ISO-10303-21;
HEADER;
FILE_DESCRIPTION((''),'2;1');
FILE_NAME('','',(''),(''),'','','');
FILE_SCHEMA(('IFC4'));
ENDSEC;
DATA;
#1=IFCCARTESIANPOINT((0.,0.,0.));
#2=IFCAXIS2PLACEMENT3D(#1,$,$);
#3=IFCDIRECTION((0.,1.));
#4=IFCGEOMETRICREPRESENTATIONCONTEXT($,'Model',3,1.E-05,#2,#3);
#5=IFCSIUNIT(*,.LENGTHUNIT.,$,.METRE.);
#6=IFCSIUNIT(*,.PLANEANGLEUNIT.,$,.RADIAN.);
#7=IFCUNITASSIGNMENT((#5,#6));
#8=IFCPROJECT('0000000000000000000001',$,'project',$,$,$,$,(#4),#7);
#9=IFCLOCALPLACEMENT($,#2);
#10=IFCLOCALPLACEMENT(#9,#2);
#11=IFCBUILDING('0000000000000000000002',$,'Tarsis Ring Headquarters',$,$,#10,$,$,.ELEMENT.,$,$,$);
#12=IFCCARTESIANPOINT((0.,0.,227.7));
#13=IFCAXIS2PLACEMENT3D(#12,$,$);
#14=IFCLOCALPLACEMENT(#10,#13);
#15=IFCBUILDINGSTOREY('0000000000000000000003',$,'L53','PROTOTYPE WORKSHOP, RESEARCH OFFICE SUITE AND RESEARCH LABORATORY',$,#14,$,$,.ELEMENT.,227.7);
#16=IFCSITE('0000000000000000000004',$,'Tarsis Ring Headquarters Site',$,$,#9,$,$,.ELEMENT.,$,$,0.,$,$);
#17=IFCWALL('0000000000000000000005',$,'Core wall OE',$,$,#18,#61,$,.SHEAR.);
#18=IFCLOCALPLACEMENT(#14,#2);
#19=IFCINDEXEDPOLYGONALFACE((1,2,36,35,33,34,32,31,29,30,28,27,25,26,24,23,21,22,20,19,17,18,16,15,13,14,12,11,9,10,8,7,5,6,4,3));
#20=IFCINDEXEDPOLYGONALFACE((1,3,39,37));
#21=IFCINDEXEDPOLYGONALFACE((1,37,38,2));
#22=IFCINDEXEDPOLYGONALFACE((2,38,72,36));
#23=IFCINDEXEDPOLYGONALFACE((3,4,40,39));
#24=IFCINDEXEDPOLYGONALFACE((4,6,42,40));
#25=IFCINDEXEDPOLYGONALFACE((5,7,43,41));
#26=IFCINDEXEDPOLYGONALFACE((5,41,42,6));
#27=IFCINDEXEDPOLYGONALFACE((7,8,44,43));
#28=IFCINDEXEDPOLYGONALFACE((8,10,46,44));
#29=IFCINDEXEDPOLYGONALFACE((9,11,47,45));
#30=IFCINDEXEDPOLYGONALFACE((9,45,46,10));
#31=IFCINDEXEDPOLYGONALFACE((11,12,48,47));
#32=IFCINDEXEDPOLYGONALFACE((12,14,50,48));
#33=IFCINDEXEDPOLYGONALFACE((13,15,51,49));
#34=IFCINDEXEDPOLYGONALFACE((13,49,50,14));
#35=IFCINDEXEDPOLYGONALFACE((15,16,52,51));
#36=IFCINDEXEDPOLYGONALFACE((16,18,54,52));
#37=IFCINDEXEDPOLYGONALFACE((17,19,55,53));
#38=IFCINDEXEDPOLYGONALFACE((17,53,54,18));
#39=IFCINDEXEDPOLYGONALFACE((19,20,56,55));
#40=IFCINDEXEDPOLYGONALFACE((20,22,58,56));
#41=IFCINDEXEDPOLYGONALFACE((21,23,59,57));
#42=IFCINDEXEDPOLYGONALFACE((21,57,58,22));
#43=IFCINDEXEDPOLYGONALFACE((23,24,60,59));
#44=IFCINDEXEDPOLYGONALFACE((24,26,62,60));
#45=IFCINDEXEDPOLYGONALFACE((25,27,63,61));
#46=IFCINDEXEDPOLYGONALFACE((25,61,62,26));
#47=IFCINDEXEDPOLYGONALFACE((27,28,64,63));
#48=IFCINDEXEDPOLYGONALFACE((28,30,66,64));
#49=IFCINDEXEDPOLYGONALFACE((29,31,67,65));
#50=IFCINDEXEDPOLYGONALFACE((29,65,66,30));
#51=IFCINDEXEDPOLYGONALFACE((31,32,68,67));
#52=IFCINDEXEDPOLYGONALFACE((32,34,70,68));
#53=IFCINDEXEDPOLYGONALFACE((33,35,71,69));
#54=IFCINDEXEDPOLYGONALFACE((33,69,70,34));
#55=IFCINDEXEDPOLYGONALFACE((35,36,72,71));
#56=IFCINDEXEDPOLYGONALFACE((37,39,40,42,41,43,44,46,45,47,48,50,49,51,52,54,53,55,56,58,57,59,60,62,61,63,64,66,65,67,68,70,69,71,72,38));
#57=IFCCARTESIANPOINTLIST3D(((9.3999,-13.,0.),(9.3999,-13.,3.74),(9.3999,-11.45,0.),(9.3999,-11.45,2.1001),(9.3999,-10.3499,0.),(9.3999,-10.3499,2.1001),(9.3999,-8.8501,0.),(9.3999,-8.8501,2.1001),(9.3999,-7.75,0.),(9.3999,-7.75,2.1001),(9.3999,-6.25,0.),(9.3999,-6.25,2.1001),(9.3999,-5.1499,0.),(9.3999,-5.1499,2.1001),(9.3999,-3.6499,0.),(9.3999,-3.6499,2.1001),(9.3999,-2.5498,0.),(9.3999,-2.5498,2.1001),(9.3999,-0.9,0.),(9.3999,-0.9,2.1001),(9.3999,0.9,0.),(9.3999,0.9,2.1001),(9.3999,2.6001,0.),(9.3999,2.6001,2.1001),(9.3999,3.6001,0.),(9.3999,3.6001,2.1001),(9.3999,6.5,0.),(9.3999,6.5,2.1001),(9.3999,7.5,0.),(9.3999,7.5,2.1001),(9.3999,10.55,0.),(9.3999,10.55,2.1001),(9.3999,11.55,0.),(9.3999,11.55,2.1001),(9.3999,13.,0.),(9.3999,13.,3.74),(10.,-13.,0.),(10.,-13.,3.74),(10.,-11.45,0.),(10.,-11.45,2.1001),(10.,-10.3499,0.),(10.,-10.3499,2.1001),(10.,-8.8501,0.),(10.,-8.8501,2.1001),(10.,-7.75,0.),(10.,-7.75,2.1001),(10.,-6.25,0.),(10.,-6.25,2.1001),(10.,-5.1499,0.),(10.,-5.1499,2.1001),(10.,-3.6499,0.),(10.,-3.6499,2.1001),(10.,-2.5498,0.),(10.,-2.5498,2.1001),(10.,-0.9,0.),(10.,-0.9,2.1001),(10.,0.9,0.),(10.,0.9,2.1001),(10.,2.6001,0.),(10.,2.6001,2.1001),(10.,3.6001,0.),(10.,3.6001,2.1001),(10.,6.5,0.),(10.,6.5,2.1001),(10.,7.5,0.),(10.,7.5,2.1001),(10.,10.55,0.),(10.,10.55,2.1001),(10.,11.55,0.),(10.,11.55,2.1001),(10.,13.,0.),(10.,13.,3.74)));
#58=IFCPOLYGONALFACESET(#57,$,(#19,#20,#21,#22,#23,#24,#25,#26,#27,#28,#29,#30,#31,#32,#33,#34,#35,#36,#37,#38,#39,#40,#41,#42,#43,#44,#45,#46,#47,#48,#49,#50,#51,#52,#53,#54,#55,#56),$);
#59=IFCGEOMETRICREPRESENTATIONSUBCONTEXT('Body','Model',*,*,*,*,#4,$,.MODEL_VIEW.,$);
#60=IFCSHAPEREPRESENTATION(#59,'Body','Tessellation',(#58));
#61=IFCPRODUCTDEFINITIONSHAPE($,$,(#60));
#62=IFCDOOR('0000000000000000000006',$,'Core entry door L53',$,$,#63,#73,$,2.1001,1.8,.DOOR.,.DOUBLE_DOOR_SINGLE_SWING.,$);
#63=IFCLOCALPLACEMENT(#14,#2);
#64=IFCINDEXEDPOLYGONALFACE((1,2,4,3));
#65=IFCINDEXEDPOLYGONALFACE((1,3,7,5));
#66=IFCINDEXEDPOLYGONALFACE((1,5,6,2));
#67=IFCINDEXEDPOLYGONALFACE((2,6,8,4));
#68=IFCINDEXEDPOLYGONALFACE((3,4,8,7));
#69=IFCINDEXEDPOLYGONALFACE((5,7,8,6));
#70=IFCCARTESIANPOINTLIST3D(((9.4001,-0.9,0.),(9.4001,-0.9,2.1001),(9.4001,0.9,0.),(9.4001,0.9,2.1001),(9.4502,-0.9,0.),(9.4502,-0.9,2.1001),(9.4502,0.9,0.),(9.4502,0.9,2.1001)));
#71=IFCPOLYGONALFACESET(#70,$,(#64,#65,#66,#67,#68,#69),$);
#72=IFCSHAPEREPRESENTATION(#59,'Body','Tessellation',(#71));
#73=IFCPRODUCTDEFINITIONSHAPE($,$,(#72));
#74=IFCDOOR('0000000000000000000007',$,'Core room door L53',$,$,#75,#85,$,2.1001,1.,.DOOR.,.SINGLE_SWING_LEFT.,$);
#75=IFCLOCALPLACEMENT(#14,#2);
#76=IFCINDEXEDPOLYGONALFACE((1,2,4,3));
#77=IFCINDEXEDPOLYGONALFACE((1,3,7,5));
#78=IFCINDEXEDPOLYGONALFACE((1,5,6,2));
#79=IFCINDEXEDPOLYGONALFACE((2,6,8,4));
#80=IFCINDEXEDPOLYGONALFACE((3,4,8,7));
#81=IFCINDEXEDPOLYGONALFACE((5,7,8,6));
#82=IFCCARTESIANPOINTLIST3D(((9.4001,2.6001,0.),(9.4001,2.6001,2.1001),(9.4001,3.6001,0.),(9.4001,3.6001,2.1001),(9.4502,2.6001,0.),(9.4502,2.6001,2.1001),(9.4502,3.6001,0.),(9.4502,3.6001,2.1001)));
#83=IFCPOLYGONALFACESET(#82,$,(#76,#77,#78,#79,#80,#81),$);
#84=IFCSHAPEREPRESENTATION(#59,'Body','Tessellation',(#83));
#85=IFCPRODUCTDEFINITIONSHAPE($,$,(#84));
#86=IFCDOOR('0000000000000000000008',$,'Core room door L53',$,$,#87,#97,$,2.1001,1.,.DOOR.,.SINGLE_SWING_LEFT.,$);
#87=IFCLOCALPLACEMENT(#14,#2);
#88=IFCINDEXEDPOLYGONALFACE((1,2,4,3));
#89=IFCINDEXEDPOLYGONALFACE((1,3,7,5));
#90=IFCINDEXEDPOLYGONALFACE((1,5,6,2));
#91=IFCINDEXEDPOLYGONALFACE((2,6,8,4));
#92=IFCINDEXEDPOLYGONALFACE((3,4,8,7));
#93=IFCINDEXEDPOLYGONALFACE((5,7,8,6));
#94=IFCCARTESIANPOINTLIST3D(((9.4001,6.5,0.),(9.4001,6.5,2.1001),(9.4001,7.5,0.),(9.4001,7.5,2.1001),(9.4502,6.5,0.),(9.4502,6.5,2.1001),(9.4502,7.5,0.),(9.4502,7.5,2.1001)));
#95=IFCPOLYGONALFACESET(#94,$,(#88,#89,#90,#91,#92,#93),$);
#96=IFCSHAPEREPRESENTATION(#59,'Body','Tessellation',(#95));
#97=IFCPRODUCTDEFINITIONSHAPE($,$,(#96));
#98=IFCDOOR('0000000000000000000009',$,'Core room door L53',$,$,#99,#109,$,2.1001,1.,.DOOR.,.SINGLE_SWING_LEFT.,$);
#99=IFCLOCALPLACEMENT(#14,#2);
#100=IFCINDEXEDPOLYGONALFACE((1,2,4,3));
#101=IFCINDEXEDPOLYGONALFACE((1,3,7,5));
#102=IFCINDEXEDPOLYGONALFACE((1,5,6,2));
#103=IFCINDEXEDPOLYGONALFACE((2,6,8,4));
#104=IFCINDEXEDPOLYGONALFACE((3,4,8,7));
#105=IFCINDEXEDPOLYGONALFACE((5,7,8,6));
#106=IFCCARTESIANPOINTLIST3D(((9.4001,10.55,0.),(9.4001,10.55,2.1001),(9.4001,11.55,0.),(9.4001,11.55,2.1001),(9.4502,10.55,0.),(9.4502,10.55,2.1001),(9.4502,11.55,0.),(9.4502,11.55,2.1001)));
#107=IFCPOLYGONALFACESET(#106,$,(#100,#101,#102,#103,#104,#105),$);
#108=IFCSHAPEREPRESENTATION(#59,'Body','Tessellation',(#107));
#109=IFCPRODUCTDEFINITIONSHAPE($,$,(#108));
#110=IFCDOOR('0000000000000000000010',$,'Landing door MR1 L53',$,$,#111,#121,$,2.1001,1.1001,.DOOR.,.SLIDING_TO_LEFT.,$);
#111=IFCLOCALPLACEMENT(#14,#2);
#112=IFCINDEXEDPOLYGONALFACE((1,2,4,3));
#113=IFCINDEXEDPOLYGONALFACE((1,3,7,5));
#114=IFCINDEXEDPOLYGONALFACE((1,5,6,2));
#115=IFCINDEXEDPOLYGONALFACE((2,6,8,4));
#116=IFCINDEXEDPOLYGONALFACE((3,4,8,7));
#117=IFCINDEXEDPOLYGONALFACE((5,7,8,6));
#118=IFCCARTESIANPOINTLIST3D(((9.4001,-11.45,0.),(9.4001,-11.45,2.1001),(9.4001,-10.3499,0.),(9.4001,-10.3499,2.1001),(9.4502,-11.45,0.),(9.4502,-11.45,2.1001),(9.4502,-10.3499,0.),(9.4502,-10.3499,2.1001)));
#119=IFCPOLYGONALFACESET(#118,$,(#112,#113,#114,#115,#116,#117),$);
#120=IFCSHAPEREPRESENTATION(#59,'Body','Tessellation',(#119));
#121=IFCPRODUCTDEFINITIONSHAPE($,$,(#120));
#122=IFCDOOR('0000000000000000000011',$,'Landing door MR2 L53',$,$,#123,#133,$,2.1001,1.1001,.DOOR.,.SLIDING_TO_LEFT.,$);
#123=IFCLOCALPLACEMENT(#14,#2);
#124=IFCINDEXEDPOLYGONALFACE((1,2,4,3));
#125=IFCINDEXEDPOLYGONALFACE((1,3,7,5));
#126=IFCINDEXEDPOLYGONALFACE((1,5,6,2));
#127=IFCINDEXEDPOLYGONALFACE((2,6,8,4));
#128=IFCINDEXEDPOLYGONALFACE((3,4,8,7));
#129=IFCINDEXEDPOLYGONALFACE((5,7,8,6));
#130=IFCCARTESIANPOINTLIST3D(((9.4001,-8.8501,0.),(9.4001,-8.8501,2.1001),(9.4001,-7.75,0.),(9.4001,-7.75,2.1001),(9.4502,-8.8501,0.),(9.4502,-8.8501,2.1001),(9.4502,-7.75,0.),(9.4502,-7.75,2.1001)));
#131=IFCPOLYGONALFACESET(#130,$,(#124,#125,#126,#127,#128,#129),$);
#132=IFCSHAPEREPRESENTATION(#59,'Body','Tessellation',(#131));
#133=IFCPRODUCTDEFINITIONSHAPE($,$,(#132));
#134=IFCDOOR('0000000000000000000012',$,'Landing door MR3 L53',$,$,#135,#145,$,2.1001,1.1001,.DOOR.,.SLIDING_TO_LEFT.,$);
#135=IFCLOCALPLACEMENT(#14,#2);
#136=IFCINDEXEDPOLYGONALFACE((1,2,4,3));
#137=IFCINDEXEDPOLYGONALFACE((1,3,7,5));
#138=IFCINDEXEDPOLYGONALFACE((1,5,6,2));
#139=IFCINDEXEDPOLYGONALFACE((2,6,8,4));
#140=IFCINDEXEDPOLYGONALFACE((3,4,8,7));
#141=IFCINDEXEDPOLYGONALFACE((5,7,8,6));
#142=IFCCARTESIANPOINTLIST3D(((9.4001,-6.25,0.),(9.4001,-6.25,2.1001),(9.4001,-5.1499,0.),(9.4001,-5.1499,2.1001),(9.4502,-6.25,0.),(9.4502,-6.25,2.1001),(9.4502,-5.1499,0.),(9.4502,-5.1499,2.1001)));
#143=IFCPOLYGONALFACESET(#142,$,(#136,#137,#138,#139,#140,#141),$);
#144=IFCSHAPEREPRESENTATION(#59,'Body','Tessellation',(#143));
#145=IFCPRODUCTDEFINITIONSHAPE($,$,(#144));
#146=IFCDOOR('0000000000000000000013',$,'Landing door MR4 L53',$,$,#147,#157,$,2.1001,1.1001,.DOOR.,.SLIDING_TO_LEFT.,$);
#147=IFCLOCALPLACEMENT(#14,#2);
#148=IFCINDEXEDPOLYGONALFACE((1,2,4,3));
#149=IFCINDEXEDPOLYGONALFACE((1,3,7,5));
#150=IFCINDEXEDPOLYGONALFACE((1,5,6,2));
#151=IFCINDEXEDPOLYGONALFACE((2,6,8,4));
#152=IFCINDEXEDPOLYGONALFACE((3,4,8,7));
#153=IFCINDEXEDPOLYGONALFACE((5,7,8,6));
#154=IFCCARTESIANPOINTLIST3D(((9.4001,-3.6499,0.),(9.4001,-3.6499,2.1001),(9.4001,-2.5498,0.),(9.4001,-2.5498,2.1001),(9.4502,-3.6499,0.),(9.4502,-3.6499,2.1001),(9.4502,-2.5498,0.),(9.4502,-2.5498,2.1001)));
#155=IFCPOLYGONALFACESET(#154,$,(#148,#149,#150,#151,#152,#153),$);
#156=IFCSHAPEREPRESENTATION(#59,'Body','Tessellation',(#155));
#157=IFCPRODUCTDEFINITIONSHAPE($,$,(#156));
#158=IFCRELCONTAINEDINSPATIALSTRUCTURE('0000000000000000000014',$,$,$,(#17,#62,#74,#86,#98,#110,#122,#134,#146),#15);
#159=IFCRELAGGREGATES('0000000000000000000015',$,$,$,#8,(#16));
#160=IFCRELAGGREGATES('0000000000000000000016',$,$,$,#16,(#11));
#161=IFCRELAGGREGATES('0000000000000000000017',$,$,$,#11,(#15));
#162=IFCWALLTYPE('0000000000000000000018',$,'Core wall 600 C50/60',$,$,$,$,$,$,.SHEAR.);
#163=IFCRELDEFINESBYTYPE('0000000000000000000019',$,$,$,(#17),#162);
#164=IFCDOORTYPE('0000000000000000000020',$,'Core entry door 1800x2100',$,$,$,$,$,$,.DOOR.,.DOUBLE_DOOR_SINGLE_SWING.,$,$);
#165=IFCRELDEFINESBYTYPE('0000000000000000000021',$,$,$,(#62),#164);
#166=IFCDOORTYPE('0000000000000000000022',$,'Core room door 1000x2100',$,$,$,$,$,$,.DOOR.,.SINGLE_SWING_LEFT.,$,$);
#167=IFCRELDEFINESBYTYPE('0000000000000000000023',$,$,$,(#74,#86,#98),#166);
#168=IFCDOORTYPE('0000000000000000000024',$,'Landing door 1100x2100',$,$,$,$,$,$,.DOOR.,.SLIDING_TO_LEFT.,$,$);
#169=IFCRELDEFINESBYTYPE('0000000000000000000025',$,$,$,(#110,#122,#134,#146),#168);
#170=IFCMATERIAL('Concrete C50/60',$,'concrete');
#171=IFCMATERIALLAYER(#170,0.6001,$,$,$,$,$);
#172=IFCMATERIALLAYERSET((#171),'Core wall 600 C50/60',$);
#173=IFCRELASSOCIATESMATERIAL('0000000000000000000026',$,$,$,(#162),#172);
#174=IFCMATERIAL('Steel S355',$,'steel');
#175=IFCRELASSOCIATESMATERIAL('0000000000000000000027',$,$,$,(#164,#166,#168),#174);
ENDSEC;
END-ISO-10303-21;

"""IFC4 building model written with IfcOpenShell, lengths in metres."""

from ifc_helpers import new_model, si_unit, direction, frame, frame_2d, origin, place, context, subcontext, project, spatial, rectangle, extrude, material, layer, layer_set, type_object, element, fill, save


model = new_model("IFC4")

# Units and contexts
model_context = context("Model", 3, precision=1e-05, world=origin(), true_north=direction((0.0, 1.0)))
body_context = subcontext(model_context, "Body", "Model", "MODEL_VIEW")
ifc_project = project(units=[si_unit("LENGTHUNIT", "METRE"), si_unit("PLANEANGLEUNIT", "RADIAN")], contexts=[model_context])

# Site, building, storey
site_placement = place(None, origin())
site = spatial("IfcSite", under=ifc_project, at=site_placement, Name="Tarsis Ring Headquarters Site", CompositionType="ELEMENT", RefElevation=0.0)
building_placement = place(site_placement, origin())
building = spatial("IfcBuilding", under=site, at=building_placement, Name="Tarsis Ring Headquarters", CompositionType="ELEMENT")
storey_placement = place(building_placement, frame((0.0, 0.0, 227.7)))
storey = spatial("IfcBuildingStorey", under=building, at=storey_placement, Name="L53", Description="PROTOTYPE WORKSHOP, RESEARCH OFFICE SUITE AND RESEARCH LABORATORY", CompositionType="ELEMENT", Elevation=227.7)

# Wall, openings, doors
ifc_material_1 = material(Name="Concrete C50/60", Category="concrete")
ifc_layer_1 = layer(ifc_material_1, 0.6001)
ifc_layer_set_1 = layer_set([ifc_layer_1], Name="Core wall 600 C50/60")
wall_type_1 = type_object("IfcWallType", Name="Core wall 600 C50/60", PredefinedType="SHEAR", material=ifc_layer_set_1)
wall_1_placement = place(storey_placement, frame((9.7, -13.0, 0.0), z_axis=(0.0, 0.0, 1.0), x_axis=(0.0, 1.0, 0.0)))
wall_1 = element("IfcWall", 1, at=wall_1_placement, inside=storey, type_object=wall_type_1, Name="Core wall OE", PredefinedType="SHEAR", context=body_context, shape_type="SweptSolid", body=[
    extrude(rectangle(XDim=26.0, YDim=0.6001, at=frame_2d((13.0, 0.0))), origin(), (0.0, 0.0, 1.0), 3.74),
])
opening_1_placement = place(wall_1_placement, frame((1.55, 0.0, 0.0)))
opening_1 = element("IfcOpeningElement", 2, at=opening_1_placement, cuts=wall_1, PredefinedType="OPENING", context=body_context, shape_type="SweptSolid", body=[
    extrude(rectangle(XDim=1.1001, YDim=2.1001, at=frame_2d((0.55, 1.05))), frame((0.0, 0.3101, 0.0), z_axis=(0.0, -1.0, 0.0), x_axis=(1.0, 0.0, 0.0)), (0.0, 0.0, 1.0), 0.6201),
])
opening_2_placement = place(wall_1_placement, frame((4.1499, 0.0, 0.0)))
opening_2 = element("IfcOpeningElement", 3, at=opening_2_placement, cuts=wall_1, PredefinedType="OPENING", context=body_context, shape_type="SweptSolid", body=[
    extrude(rectangle(XDim=1.1001, YDim=2.1001, at=frame_2d((0.55, 1.05))), frame((0.0, 0.3101, 0.0), z_axis=(0.0, -1.0, 0.0), x_axis=(1.0, 0.0, 0.0)), (0.0, 0.0, 1.0), 0.6201),
])
opening_3_placement = place(wall_1_placement, frame((6.75, 0.0, 0.0)))
opening_3 = element("IfcOpeningElement", 4, at=opening_3_placement, cuts=wall_1, PredefinedType="OPENING", context=body_context, shape_type="SweptSolid", body=[
    extrude(rectangle(XDim=1.1001, YDim=2.1001, at=frame_2d((0.55, 1.05))), frame((0.0, 0.3101, 0.0), z_axis=(0.0, -1.0, 0.0), x_axis=(1.0, 0.0, 0.0)), (0.0, 0.0, 1.0), 0.6201),
])
opening_4_placement = place(wall_1_placement, frame((9.3501, 0.0, 0.0)))
opening_4 = element("IfcOpeningElement", 5, at=opening_4_placement, cuts=wall_1, PredefinedType="OPENING", context=body_context, shape_type="SweptSolid", body=[
    extrude(rectangle(XDim=1.1001, YDim=2.1001, at=frame_2d((0.55, 1.05))), frame((0.0, 0.3101, 0.0), z_axis=(0.0, -1.0, 0.0), x_axis=(1.0, 0.0, 0.0)), (0.0, 0.0, 1.0), 0.6201),
])
opening_5_placement = place(wall_1_placement, frame((12.1001, 0.0, 0.0)))
opening_5 = element("IfcOpeningElement", 6, at=opening_5_placement, cuts=wall_1, PredefinedType="OPENING", context=body_context, shape_type="SweptSolid", body=[
    extrude(rectangle(XDim=1.8, YDim=2.1001, at=frame_2d((0.8999, 1.05))), frame((0.0, 0.3101, 0.0), z_axis=(0.0, -1.0, 0.0), x_axis=(1.0, 0.0, 0.0)), (0.0, 0.0, 1.0), 0.6201),
])
opening_6_placement = place(wall_1_placement, frame((15.6001, 0.0, 0.0)))
opening_6 = element("IfcOpeningElement", 7, at=opening_6_placement, cuts=wall_1, PredefinedType="OPENING", context=body_context, shape_type="SweptSolid", body=[
    extrude(rectangle(XDim=1.0, YDim=2.1001, at=frame_2d((0.5, 1.05))), frame((0.0, 0.3101, 0.0), z_axis=(0.0, -1.0, 0.0), x_axis=(1.0, 0.0, 0.0)), (0.0, 0.0, 1.0), 0.6201),
])
opening_7_placement = place(wall_1_placement, frame((19.5, 0.0, 0.0)))
opening_7 = element("IfcOpeningElement", 8, at=opening_7_placement, cuts=wall_1, PredefinedType="OPENING", context=body_context, shape_type="SweptSolid", body=[
    extrude(rectangle(XDim=1.0, YDim=2.1001, at=frame_2d((0.5, 1.05))), frame((0.0, 0.3101, 0.0), z_axis=(0.0, -1.0, 0.0), x_axis=(1.0, 0.0, 0.0)), (0.0, 0.0, 1.0), 0.6201),
])
opening_8_placement = place(wall_1_placement, frame((23.55, 0.0, 0.0)))
opening_8 = element("IfcOpeningElement", 9, at=opening_8_placement, cuts=wall_1, PredefinedType="OPENING", context=body_context, shape_type="SweptSolid", body=[
    extrude(rectangle(XDim=1.0, YDim=2.1001, at=frame_2d((0.5, 1.05))), frame((0.0, 0.3101, 0.0), z_axis=(0.0, -1.0, 0.0), x_axis=(1.0, 0.0, 0.0)), (0.0, 0.0, 1.0), 0.6201),
])
ifc_material_2 = material(Name="Steel S355", Category="steel")
door_type_1 = type_object("IfcDoorType", Name="Core entry door 1800x2100", OperationType="DOUBLE_DOOR_SINGLE_SWING", PredefinedType="DOOR", material=ifc_material_2)
door_1_placement = place(opening_5_placement, origin())
door_1 = element("IfcDoor", 10, at=door_1_placement, inside=storey, type_object=door_type_1, Name="Core entry door L53", OperationType="DOUBLE_DOOR_SINGLE_SWING", OverallHeight=2.1001, OverallWidth=1.8, PredefinedType="DOOR", context=body_context, shape_type="SweptSolid", body=[
    extrude(rectangle(XDim=1.8, YDim=2.1001, at=frame_2d((0.8999, 1.05))), frame((0.0, 0.2998, 0.0), z_axis=(0.0, -1.0, 0.0), x_axis=(1.0, 0.0, 0.0)), (0.0, 0.0, 1.0), 0.05),
])
fill(opening_5, door_1)
door_type_2 = type_object("IfcDoorType", Name="Core room door 1000x2100", OperationType="SINGLE_SWING_LEFT", PredefinedType="DOOR", material=ifc_material_2)
door_2_placement = place(opening_6_placement, origin())
door_2 = element("IfcDoor", 11, at=door_2_placement, inside=storey, type_object=door_type_2, Name="Core room door L53", OperationType="SINGLE_SWING_LEFT", OverallHeight=2.1001, OverallWidth=1.0, PredefinedType="DOOR", context=body_context, shape_type="SweptSolid", body=[
    extrude(rectangle(XDim=1.0, YDim=2.1001, at=frame_2d((0.5, 1.05))), frame((0.0, 0.2998, 0.0), z_axis=(0.0, -1.0, 0.0), x_axis=(1.0, 0.0, 0.0)), (0.0, 0.0, 1.0), 0.05),
])
fill(opening_6, door_2)
door_3_placement = place(opening_7_placement, origin())
door_3 = element("IfcDoor", 12, at=door_3_placement, inside=storey, type_object=door_type_2, Name="Core room door L53", OperationType="SINGLE_SWING_LEFT", OverallHeight=2.1001, OverallWidth=1.0, PredefinedType="DOOR", context=body_context, shape_type="SweptSolid", body=[
    extrude(rectangle(XDim=1.0, YDim=2.1001, at=frame_2d((0.5, 1.05))), frame((0.0, 0.2998, 0.0), z_axis=(0.0, -1.0, 0.0), x_axis=(1.0, 0.0, 0.0)), (0.0, 0.0, 1.0), 0.05),
])
fill(opening_7, door_3)
door_4_placement = place(opening_8_placement, origin())
door_4 = element("IfcDoor", 13, at=door_4_placement, inside=storey, type_object=door_type_2, Name="Core room door L53", OperationType="SINGLE_SWING_LEFT", OverallHeight=2.1001, OverallWidth=1.0, PredefinedType="DOOR", context=body_context, shape_type="SweptSolid", body=[
    extrude(rectangle(XDim=1.0, YDim=2.1001, at=frame_2d((0.5, 1.05))), frame((0.0, 0.2998, 0.0), z_axis=(0.0, -1.0, 0.0), x_axis=(1.0, 0.0, 0.0)), (0.0, 0.0, 1.0), 0.05),
])
fill(opening_8, door_4)
door_type_3 = type_object("IfcDoorType", Name="Landing door 1100x2100", OperationType="SLIDING_TO_LEFT", PredefinedType="DOOR", material=ifc_material_2)
door_5_placement = place(opening_1_placement, origin())
door_5 = element("IfcDoor", 14, at=door_5_placement, inside=storey, type_object=door_type_3, Name="Landing door MR1 L53", OperationType="SLIDING_TO_LEFT", OverallHeight=2.1001, OverallWidth=1.1001, PredefinedType="DOOR", context=body_context, shape_type="SweptSolid", body=[
    extrude(rectangle(XDim=1.1001, YDim=2.1001, at=frame_2d((0.55, 1.05))), frame((0.0, 0.2998, 0.0), z_axis=(0.0, -1.0, 0.0), x_axis=(1.0, 0.0, 0.0)), (0.0, 0.0, 1.0), 0.05),
])
fill(opening_1, door_5)
door_6_placement = place(opening_2_placement, origin())
door_6 = element("IfcDoor", 15, at=door_6_placement, inside=storey, type_object=door_type_3, Name="Landing door MR2 L53", OperationType="SLIDING_TO_LEFT", OverallHeight=2.1001, OverallWidth=1.1001, PredefinedType="DOOR", context=body_context, shape_type="SweptSolid", body=[
    extrude(rectangle(XDim=1.1001, YDim=2.1001, at=frame_2d((0.55, 1.05))), frame((0.0, 0.2998, 0.0), z_axis=(0.0, -1.0, 0.0), x_axis=(1.0, 0.0, 0.0)), (0.0, 0.0, 1.0), 0.05),
])
fill(opening_2, door_6)
door_7_placement = place(opening_3_placement, origin())
door_7 = element("IfcDoor", 16, at=door_7_placement, inside=storey, type_object=door_type_3, Name="Landing door MR3 L53", OperationType="SLIDING_TO_LEFT", OverallHeight=2.1001, OverallWidth=1.1001, PredefinedType="DOOR", context=body_context, shape_type="SweptSolid", body=[
    extrude(rectangle(XDim=1.1001, YDim=2.1001, at=frame_2d((0.55, 1.05))), frame((0.0, 0.2998, 0.0), z_axis=(0.0, -1.0, 0.0), x_axis=(1.0, 0.0, 0.0)), (0.0, 0.0, 1.0), 0.05),
])
fill(opening_3, door_7)
door_8_placement = place(opening_4_placement, origin())
door_8 = element("IfcDoor", 17, at=door_8_placement, inside=storey, type_object=door_type_3, Name="Landing door MR4 L53", OperationType="SLIDING_TO_LEFT", OverallHeight=2.1001, OverallWidth=1.1001, PredefinedType="DOOR", context=body_context, shape_type="SweptSolid", body=[
    extrude(rectangle(XDim=1.1001, YDim=2.1001, at=frame_2d((0.55, 1.05))), frame((0.0, 0.2998, 0.0), z_axis=(0.0, -1.0, 0.0), x_axis=(1.0, 0.0, 0.0)), (0.0, 0.0, 1.0), 0.05),
])
fill(opening_4, door_8)

save(model, "model.ifc")
